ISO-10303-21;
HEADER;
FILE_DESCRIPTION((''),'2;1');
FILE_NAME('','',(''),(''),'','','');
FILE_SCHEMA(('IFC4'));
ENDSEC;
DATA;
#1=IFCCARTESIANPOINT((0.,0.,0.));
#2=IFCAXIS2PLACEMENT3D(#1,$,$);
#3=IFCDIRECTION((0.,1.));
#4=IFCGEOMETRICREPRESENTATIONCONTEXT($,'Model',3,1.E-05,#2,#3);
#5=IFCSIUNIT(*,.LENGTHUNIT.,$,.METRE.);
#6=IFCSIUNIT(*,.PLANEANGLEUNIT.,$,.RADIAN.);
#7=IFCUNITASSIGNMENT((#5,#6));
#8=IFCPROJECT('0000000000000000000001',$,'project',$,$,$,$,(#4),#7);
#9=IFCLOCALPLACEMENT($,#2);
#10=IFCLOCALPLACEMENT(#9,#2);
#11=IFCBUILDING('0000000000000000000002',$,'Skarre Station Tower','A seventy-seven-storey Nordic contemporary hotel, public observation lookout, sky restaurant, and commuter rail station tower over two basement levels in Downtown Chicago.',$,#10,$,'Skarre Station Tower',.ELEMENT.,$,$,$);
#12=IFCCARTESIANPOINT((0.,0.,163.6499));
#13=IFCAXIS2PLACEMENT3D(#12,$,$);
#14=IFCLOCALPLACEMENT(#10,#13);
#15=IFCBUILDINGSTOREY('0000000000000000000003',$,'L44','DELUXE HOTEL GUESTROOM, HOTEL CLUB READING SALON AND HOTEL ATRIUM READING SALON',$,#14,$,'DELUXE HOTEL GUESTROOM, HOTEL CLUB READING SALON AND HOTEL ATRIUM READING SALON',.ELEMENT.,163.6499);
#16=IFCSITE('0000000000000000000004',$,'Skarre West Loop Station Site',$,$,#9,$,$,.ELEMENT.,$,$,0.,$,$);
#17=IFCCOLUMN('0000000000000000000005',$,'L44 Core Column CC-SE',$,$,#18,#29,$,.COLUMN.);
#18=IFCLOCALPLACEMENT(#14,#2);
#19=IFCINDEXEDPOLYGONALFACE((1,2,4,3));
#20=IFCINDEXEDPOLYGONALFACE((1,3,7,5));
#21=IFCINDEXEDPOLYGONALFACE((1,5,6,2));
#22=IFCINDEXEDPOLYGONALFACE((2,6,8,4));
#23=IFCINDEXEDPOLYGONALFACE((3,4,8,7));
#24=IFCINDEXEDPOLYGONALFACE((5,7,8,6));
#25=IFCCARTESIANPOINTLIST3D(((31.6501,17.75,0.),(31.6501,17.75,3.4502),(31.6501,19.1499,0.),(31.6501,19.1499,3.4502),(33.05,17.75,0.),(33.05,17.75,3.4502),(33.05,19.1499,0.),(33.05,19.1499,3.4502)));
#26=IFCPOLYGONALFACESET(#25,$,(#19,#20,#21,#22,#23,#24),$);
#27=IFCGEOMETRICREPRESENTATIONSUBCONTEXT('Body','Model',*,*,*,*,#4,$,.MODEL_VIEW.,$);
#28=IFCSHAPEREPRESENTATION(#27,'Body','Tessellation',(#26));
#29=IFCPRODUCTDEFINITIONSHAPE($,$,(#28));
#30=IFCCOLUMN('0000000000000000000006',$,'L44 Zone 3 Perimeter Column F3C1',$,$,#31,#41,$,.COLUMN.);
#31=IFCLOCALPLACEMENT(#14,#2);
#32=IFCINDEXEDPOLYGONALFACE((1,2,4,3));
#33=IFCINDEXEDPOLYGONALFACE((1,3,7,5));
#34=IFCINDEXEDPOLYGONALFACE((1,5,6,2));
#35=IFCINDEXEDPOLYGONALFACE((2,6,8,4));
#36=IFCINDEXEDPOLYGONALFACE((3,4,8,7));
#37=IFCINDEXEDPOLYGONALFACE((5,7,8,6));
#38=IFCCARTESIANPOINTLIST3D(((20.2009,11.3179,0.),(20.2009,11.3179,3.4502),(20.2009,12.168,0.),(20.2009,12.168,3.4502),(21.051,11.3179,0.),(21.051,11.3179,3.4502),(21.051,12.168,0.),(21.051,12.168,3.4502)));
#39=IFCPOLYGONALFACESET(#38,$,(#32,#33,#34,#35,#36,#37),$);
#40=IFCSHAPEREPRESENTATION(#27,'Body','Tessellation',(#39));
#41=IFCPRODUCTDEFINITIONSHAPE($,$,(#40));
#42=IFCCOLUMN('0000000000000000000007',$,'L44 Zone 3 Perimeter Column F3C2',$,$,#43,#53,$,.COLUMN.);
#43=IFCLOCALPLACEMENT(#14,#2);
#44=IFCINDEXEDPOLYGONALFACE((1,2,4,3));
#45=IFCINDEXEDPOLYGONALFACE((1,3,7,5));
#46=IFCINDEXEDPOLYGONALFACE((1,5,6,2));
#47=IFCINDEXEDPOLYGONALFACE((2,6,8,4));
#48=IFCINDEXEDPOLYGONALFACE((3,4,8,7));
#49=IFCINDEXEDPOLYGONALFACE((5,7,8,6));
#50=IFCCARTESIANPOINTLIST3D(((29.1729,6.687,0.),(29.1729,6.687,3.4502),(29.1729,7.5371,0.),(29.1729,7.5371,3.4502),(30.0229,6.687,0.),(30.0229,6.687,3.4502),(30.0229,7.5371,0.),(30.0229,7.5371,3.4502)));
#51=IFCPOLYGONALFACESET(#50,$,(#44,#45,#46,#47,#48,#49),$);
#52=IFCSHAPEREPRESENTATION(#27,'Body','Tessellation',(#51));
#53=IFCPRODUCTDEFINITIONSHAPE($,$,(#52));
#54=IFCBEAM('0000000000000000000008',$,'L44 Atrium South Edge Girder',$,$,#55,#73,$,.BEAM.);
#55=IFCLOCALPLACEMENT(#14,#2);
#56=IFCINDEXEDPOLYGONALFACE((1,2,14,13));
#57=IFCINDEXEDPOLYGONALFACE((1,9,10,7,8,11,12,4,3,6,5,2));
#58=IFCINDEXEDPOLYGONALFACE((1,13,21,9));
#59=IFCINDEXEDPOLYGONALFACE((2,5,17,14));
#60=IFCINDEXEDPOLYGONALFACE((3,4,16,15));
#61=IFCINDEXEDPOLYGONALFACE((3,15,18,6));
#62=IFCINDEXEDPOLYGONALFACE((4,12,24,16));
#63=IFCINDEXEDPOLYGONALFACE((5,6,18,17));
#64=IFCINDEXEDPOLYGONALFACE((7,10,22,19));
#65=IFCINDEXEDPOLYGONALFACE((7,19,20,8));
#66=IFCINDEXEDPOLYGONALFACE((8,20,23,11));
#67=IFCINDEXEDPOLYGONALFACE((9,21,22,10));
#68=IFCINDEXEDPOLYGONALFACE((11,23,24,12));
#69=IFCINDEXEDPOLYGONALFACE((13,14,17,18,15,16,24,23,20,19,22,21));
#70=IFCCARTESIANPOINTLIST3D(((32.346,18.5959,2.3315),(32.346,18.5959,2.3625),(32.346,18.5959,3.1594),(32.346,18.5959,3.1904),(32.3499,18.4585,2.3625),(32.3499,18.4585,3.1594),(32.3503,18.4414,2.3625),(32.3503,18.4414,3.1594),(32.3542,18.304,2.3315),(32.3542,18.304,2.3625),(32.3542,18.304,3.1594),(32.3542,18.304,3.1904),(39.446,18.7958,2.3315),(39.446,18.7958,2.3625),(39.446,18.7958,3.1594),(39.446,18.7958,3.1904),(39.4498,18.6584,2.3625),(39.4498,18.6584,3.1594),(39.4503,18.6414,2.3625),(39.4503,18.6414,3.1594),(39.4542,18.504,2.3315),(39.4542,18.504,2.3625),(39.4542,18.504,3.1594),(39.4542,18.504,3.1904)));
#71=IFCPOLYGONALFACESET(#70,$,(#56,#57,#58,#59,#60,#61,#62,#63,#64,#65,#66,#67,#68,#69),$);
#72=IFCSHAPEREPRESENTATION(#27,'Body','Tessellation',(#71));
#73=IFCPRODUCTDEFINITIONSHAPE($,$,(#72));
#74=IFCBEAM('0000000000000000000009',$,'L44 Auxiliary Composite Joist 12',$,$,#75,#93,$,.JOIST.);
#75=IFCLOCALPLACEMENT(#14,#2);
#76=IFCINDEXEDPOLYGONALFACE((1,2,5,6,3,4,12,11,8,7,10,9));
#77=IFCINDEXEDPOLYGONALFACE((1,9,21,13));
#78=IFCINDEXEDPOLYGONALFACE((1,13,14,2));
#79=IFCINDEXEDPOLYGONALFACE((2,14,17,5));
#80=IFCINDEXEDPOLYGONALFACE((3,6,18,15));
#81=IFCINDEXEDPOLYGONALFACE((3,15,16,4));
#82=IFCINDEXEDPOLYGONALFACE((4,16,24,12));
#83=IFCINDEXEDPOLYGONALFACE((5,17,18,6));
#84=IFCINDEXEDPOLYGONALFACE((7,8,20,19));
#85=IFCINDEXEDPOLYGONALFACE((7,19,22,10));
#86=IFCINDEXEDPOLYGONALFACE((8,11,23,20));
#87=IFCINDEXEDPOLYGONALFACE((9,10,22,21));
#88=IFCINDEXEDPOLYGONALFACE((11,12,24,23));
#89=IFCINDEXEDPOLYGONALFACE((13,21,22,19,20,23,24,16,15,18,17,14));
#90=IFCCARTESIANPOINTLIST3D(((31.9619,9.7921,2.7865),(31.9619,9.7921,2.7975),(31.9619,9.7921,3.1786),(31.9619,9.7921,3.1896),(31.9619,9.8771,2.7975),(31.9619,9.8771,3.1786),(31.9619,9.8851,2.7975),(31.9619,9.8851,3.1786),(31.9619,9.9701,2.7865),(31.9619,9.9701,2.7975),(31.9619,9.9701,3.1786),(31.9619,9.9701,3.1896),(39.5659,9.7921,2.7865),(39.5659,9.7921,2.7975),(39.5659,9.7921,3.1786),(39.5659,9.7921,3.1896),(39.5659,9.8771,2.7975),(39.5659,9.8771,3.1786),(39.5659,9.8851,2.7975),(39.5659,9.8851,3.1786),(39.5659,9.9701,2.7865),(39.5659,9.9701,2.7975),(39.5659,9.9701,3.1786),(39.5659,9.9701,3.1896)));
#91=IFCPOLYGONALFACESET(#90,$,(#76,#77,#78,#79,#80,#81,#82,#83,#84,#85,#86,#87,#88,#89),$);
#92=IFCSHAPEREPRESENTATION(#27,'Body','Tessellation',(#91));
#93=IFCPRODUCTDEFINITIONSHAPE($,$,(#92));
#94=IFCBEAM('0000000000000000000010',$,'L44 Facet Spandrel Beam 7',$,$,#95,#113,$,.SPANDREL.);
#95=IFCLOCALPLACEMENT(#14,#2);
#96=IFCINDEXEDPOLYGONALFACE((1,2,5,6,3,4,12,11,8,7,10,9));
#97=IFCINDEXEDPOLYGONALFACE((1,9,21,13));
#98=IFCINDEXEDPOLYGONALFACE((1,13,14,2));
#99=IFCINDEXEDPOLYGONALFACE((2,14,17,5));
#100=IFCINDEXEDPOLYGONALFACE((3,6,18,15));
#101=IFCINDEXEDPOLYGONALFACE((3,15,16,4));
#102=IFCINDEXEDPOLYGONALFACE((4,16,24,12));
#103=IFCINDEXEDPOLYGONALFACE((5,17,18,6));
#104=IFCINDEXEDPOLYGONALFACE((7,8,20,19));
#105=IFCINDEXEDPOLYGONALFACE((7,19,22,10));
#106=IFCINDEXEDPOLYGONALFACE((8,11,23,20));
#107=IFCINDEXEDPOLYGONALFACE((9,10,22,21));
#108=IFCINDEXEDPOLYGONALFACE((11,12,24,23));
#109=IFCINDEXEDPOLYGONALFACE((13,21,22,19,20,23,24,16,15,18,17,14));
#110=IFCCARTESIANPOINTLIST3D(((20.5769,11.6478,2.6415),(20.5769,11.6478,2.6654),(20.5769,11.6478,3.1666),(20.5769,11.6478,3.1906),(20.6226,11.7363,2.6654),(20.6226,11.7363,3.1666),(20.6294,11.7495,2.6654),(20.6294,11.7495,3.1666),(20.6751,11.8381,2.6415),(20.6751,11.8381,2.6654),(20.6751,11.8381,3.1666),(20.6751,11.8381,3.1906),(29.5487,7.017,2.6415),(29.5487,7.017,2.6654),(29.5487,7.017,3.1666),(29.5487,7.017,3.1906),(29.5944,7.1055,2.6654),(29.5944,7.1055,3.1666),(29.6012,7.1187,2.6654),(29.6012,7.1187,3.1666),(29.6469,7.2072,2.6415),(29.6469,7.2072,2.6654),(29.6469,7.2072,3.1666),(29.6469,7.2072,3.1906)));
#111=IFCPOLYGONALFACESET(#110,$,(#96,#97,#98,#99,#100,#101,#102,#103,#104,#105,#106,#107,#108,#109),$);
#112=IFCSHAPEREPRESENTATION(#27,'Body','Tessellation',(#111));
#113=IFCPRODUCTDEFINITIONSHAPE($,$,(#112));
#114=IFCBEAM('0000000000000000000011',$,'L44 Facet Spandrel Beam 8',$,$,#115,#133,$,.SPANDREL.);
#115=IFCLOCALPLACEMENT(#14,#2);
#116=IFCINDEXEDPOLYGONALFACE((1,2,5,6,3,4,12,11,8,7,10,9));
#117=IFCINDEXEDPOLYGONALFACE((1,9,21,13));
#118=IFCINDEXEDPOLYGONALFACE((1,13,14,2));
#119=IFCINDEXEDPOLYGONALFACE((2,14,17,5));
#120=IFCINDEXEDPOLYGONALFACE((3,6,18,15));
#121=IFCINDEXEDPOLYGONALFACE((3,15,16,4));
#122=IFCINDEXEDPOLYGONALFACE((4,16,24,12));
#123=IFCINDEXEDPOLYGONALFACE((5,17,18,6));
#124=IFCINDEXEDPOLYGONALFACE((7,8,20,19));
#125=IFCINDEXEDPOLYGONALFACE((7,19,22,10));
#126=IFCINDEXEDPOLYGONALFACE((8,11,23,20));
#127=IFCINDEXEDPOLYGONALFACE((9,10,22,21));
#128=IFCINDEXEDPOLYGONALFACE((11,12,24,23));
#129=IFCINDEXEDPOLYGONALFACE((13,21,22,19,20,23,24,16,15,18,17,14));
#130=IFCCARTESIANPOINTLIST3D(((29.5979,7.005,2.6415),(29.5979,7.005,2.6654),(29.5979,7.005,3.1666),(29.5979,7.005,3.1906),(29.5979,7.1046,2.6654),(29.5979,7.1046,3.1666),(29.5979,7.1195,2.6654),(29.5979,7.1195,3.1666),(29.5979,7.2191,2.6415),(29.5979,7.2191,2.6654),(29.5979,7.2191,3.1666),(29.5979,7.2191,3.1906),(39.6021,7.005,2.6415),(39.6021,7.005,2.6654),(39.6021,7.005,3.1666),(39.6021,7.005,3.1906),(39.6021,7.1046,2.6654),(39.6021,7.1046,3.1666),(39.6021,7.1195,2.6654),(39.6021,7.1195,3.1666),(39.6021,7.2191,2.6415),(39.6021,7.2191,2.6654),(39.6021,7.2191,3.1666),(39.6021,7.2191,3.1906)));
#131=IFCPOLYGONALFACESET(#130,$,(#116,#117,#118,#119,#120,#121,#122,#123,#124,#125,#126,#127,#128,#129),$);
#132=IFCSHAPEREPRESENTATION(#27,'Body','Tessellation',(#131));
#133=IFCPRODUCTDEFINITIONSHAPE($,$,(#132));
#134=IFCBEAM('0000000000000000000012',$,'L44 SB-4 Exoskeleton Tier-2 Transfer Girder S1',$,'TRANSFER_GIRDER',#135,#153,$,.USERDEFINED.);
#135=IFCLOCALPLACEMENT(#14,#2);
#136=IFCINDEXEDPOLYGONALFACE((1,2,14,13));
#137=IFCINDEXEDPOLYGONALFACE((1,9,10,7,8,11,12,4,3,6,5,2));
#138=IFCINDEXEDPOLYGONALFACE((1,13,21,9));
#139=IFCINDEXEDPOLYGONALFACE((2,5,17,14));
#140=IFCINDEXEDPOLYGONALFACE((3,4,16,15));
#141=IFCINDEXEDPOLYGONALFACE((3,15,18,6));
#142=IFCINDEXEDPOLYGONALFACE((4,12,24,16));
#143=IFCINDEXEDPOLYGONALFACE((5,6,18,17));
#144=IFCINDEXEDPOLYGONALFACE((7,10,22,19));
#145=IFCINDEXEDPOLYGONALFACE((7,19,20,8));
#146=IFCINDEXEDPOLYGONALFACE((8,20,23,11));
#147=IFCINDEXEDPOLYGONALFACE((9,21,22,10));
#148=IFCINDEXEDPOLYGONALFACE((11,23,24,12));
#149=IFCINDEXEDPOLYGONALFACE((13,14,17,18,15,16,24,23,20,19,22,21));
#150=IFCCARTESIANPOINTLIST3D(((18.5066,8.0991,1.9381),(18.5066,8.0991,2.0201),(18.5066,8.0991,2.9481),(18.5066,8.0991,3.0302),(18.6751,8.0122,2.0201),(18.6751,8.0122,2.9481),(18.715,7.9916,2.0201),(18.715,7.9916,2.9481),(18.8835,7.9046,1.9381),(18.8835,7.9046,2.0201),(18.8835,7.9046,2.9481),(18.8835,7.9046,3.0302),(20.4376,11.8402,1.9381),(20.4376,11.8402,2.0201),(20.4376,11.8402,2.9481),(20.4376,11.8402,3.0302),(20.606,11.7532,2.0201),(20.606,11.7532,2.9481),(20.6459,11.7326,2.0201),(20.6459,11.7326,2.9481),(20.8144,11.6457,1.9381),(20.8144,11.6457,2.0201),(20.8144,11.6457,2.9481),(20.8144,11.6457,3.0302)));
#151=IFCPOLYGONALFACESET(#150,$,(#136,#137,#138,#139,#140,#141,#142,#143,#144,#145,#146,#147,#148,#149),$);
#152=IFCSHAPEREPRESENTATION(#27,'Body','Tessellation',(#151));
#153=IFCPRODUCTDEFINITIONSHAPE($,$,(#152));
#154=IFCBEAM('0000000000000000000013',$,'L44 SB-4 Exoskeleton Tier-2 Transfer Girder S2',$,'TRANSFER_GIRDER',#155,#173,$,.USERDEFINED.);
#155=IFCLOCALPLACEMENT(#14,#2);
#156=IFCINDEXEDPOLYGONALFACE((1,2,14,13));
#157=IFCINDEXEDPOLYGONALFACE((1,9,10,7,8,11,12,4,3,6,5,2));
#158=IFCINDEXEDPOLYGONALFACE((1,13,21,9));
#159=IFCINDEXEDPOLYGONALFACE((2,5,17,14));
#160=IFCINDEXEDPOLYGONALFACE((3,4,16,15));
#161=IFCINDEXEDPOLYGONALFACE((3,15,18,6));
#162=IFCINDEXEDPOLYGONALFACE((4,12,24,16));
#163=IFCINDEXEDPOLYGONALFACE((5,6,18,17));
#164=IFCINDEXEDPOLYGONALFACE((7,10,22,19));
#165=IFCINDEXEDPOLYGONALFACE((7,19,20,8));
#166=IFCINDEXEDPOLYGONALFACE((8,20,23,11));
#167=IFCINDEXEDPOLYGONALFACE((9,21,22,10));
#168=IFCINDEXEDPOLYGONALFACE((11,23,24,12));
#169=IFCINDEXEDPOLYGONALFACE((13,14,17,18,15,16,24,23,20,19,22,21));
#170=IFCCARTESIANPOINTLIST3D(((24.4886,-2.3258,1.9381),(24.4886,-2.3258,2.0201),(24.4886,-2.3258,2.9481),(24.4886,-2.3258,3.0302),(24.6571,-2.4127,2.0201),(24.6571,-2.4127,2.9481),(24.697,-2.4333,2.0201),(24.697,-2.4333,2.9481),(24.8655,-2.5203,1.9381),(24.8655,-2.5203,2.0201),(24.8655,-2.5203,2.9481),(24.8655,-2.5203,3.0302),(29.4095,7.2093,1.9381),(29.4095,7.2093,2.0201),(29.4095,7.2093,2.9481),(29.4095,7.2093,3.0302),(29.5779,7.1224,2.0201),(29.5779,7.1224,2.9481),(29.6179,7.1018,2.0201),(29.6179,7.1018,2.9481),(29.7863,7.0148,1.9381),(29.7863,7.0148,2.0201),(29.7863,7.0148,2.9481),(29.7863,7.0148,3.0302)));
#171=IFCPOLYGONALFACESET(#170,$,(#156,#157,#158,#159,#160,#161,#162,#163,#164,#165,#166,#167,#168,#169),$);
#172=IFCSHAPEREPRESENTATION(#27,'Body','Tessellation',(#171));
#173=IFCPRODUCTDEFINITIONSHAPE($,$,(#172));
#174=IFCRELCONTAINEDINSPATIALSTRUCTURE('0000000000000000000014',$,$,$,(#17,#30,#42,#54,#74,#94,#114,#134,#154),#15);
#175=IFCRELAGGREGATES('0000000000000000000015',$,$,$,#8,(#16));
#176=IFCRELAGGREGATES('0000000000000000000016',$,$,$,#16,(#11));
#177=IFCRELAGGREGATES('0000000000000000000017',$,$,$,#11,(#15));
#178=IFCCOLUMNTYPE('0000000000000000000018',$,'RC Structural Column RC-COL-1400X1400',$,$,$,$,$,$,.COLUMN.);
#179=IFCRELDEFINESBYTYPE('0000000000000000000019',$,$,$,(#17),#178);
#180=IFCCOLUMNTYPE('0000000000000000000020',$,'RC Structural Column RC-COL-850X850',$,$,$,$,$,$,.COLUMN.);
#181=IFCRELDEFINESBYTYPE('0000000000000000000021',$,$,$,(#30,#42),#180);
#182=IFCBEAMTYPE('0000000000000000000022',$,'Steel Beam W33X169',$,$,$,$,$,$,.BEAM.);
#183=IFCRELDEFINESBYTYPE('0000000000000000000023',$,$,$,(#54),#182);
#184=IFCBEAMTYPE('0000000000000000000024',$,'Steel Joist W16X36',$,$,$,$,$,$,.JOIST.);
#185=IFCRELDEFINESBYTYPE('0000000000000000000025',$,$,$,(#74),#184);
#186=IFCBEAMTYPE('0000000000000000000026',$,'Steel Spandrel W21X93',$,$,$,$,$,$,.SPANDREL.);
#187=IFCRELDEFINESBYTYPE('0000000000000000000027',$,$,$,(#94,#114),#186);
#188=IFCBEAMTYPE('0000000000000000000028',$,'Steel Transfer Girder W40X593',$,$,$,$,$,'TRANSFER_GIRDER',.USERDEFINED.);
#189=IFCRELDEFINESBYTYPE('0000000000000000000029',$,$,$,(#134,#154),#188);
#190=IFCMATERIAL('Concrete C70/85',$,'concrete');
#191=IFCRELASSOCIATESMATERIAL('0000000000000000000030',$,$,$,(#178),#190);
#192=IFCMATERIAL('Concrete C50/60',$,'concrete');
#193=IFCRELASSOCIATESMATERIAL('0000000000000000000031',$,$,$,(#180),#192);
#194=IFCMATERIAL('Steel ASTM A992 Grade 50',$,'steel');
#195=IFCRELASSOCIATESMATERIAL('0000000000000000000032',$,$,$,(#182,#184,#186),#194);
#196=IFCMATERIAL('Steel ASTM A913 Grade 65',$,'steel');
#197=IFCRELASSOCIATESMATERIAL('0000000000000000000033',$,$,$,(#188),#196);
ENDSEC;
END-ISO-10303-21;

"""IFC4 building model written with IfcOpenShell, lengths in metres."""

from ifc_helpers import new_model, si_unit, direction, frame, origin, origin_2d, place, context, subcontext, project, spatial, rectangle, i_section, extrude, material, material_profile, profile_set, type_object, element, save


model = new_model("IFC4")

# Units and contexts
model_context = context("Model", 3, precision=1e-05, world=origin(), true_north=direction((0.0, 1.0)))
body_context = subcontext(model_context, "Body", "Model", "MODEL_VIEW")
ifc_project = project(units=[si_unit("LENGTHUNIT", "METRE"), si_unit("PLANEANGLEUNIT", "RADIAN")], contexts=[model_context])

# Site, building, storey
site_placement = place(None, origin())
site = spatial("IfcSite", under=ifc_project, at=site_placement, Name="Skarre West Loop Station Site", CompositionType="ELEMENT", RefElevation=0.0)
building_placement = place(site_placement, origin())
building = spatial("IfcBuilding", under=site, at=building_placement, Name="Skarre Station Tower", Description="A seventy-seven-storey Nordic contemporary hotel, public observation lookout, sky restaurant, and commuter rail station tower over two basement levels in Downtown Chicago.", LongName="Skarre Station Tower", CompositionType="ELEMENT")
storey_placement = place(building_placement, frame((0.0, 0.0, 163.6499)))
storey = spatial("IfcBuildingStorey", under=building, at=storey_placement, Name="L44", Description="DELUXE HOTEL GUESTROOM, HOTEL CLUB READING SALON AND HOTEL ATRIUM READING SALON", LongName="DELUXE HOTEL GUESTROOM, HOTEL CLUB READING SALON AND HOTEL ATRIUM READING SALON", CompositionType="ELEMENT", Elevation=163.6499)

# Columns
ifc_material_1 = material(Name="Concrete C70/85", Category="concrete")
ifc_material_profile_1 = material_profile(ifc_material_1, rectangle(XDim=1.3999, YDim=1.3999, at=origin_2d()), Name="Concrete C70/85")
ifc_profile_set_1 = profile_set([ifc_material_profile_1], Name="Concrete C70/85")
column_type_1 = type_object("IfcColumnType", Name="RC Structural Column RC-COL-1400X1400", PredefinedType="COLUMN", material=ifc_profile_set_1)
column_placement = place(storey_placement, frame((32.3501, 18.45, 0.0), z_axis=(0.0, 0.0, 1.0), x_axis=(1.0, 0.0, 0.0)))
element("IfcColumn", 1, at=column_placement, inside=storey, type_object=column_type_1, Name="L44 Core Column CC-SE", PredefinedType="COLUMN", context=body_context, shape_type="SweptSolid", body=[
    extrude(rectangle(XDim=1.3999, YDim=1.3999, at=origin_2d()), origin(), (0.0, 0.0, 1.0), 3.4502),
])
ifc_material_2 = material(Name="Concrete C50/60", Category="concrete")
ifc_material_profile_2 = material_profile(ifc_material_2, rectangle(XDim=0.8501, YDim=0.8501, at=origin_2d()), Name="Concrete C50/60")
ifc_profile_set_2 = profile_set([ifc_material_profile_2], Name="Concrete C50/60")
column_type_2 = type_object("IfcColumnType", Name="RC Structural Column RC-COL-850X850", PredefinedType="COLUMN", material=ifc_profile_set_2)
for number, where, z_axis, x_axis, name in (
    (2, (20.626, 11.7429, 0.0), (0.0, 0.0, 1.0), (1.0, 0.0, 0.0), "L44 Zone 3 Perimeter Column F3C1"),
    (3, (29.5979, 7.1121, 0.0), (0.0, 0.0, 1.0), (1.0, 0.0, 0.0), "L44 Zone 3 Perimeter Column F3C2"),
):
    element("IfcColumn", number, at=place(storey_placement, frame(where, z_axis=z_axis, x_axis=x_axis)), inside=storey, type_object=column_type_2, Name=name, PredefinedType="COLUMN", context=body_context, shape_type="SweptSolid", body=[
        extrude(rectangle(XDim=0.8501, YDim=0.8501, at=origin_2d()), origin(), (0.0, 0.0, 1.0), 3.4502),
    ])

# Beams
ifc_material_3 = material(Name="Steel ASTM A992 Grade 50", Category="steel")
ifc_material_profile_3 = material_profile(ifc_material_3, i_section(OverallWidth=0.292, OverallDepth=0.8589, WebThickness=0.0171, FlangeThickness=0.031, at=origin_2d()), Name="Steel ASTM A992 Grade 50")
ifc_profile_set_3 = profile_set([ifc_material_profile_3], Name="Steel ASTM A992 Grade 50")
beam_type_1 = type_object("IfcBeamType", Name="Steel Beam W33X169", PredefinedType="BEAM", material=ifc_profile_set_3)
beam_1_placement = place(storey_placement, frame((32.3501, 18.45, 2.761), z_axis=(0.999604, 0.028152, 0.0), x_axis=(-0.028152, 0.999604, 0.0)))
element("IfcBeam", 4, at=beam_1_placement, inside=storey, type_object=beam_type_1, Name="L44 Atrium South Edge Girder", PredefinedType="BEAM", context=body_context, shape_type="SweptSolid", body=[
    extrude(i_section(OverallWidth=0.292, OverallDepth=0.8589, WebThickness=0.0171, FlangeThickness=0.031, at=origin_2d()), origin(), (0.0, 0.0, 1.0), 7.1028),
])
ifc_material_profile_4 = material_profile(ifc_material_3, i_section(OverallWidth=0.178, OverallDepth=0.4031, WebThickness=0.0081, FlangeThickness=0.011, at=origin_2d()), Name="Steel ASTM A992 Grade 50")
ifc_profile_set_4 = profile_set([ifc_material_profile_4], Name="Steel ASTM A992 Grade 50")
beam_type_2 = type_object("IfcBeamType", Name="Steel Joist W16X36", PredefinedType="JOIST", material=ifc_profile_set_4)
beam_2_placement = place(storey_placement, frame((31.9619, 9.8811, 2.988), z_axis=(1.0, 0.0, 0.0), x_axis=(0.0, 1.0, 0.0)))
element("IfcBeam", 5, at=beam_2_placement, inside=storey, type_object=beam_type_2, Name="L44 Auxiliary Composite Joist 12", PredefinedType="JOIST", context=body_context, shape_type="SweptSolid", body=[
    extrude(i_section(OverallWidth=0.178, OverallDepth=0.4031, WebThickness=0.0081, FlangeThickness=0.011, at=origin_2d()), origin(), (0.0, 0.0, 1.0), 7.604),
])
ifc_material_profile_5 = material_profile(ifc_material_3, i_section(OverallWidth=0.2141, OverallDepth=0.5491, WebThickness=0.0149, FlangeThickness=0.0239, at=origin_2d()), Name="Steel ASTM A992 Grade 50")
ifc_profile_set_5 = profile_set([ifc_material_profile_5], Name="Steel ASTM A992 Grade 50")
beam_type_3 = type_object("IfcBeamType", Name="Steel Spandrel W21X93", PredefinedType="SPANDREL", material=ifc_profile_set_5)
beam_3_placement = place(storey_placement, frame((20.626, 11.7429, 2.916), z_axis=(0.888613, -0.458658, 0.0), x_axis=(0.458658, 0.888613, 0.0)))
element("IfcBeam", 6, at=beam_3_placement, inside=storey, type_object=beam_type_3, Name="L44 Facet Spandrel Beam 7", PredefinedType="SPANDREL", context=body_context, shape_type="SweptSolid", body=[
    extrude(i_section(OverallWidth=0.2141, OverallDepth=0.5491, WebThickness=0.0149, FlangeThickness=0.0239, at=origin_2d()), origin(), (0.0, 0.0, 1.0), 10.0964),
])
beam_4_placement = place(storey_placement, frame((29.5979, 7.1121, 2.916), z_axis=(1.0, 0.0, 0.0), x_axis=(0.0, 1.0, 0.0)))
element("IfcBeam", 7, at=beam_4_placement, inside=storey, type_object=beam_type_3, Name="L44 Facet Spandrel Beam 8", PredefinedType="SPANDREL", context=body_context, shape_type="SweptSolid", body=[
    extrude(i_section(OverallWidth=0.2141, OverallDepth=0.5491, WebThickness=0.0149, FlangeThickness=0.0239, at=origin_2d()), origin(), (0.0, 0.0, 1.0), 10.0042),
])
ifc_material_4 = material(Name="Steel ASTM A913 Grade 65", Category="steel")
ifc_material_profile_6 = material_profile(ifc_material_4, i_section(OverallWidth=0.4241, OverallDepth=1.092, WebThickness=0.0449, FlangeThickness=0.082, at=origin_2d()), Name="Steel ASTM A913 Grade 65")
ifc_profile_set_6 = profile_set([ifc_material_profile_6], Name="Steel ASTM A913 Grade 65")
beam_type_4 = type_object("IfcBeamType", Name="Steel Transfer Girder W40X593", ElementType="TRANSFER_GIRDER", PredefinedType="USERDEFINED", material=ifc_profile_set_6)
beam_5_placement = place(storey_placement, frame((20.626, 11.7429, 2.4841), z_axis=(-0.458659, -0.888612, 0.0), x_axis=(0.888612, -0.458659, 0.0)))
element("IfcBeam", 8, at=beam_5_placement, inside=storey, type_object=beam_type_4, Name="L44 SB-4 Exoskeleton Tier-2 Transfer Girder S1", ObjectType="TRANSFER_GIRDER", PredefinedType="USERDEFINED", context=body_context, shape_type="SweptSolid", body=[
    extrude(i_section(OverallWidth=0.4241, OverallDepth=1.092, WebThickness=0.0449, FlangeThickness=0.082, at=origin_2d()), origin(), (0.0, 0.0, 1.0), 4.21),
])
beam_6_placement = place(storey_placement, frame((29.5979, 7.1121, 2.4841), z_axis=(-0.458608, -0.888639, 0.0), x_axis=(0.888639, -0.458608, 0.0)))
element("IfcBeam", 9, at=beam_6_placement, inside=storey, type_object=beam_type_4, Name="L44 SB-4 Exoskeleton Tier-2 Transfer Girder S2", ObjectType="TRANSFER_GIRDER", PredefinedType="USERDEFINED", context=body_context, shape_type="SweptSolid", body=[
    extrude(i_section(OverallWidth=0.4241, OverallDepth=1.092, WebThickness=0.0449, FlangeThickness=0.082, at=origin_2d()), origin(), (0.0, 0.0, 1.0), 10.73),
])

save(model, "model.ifc")
